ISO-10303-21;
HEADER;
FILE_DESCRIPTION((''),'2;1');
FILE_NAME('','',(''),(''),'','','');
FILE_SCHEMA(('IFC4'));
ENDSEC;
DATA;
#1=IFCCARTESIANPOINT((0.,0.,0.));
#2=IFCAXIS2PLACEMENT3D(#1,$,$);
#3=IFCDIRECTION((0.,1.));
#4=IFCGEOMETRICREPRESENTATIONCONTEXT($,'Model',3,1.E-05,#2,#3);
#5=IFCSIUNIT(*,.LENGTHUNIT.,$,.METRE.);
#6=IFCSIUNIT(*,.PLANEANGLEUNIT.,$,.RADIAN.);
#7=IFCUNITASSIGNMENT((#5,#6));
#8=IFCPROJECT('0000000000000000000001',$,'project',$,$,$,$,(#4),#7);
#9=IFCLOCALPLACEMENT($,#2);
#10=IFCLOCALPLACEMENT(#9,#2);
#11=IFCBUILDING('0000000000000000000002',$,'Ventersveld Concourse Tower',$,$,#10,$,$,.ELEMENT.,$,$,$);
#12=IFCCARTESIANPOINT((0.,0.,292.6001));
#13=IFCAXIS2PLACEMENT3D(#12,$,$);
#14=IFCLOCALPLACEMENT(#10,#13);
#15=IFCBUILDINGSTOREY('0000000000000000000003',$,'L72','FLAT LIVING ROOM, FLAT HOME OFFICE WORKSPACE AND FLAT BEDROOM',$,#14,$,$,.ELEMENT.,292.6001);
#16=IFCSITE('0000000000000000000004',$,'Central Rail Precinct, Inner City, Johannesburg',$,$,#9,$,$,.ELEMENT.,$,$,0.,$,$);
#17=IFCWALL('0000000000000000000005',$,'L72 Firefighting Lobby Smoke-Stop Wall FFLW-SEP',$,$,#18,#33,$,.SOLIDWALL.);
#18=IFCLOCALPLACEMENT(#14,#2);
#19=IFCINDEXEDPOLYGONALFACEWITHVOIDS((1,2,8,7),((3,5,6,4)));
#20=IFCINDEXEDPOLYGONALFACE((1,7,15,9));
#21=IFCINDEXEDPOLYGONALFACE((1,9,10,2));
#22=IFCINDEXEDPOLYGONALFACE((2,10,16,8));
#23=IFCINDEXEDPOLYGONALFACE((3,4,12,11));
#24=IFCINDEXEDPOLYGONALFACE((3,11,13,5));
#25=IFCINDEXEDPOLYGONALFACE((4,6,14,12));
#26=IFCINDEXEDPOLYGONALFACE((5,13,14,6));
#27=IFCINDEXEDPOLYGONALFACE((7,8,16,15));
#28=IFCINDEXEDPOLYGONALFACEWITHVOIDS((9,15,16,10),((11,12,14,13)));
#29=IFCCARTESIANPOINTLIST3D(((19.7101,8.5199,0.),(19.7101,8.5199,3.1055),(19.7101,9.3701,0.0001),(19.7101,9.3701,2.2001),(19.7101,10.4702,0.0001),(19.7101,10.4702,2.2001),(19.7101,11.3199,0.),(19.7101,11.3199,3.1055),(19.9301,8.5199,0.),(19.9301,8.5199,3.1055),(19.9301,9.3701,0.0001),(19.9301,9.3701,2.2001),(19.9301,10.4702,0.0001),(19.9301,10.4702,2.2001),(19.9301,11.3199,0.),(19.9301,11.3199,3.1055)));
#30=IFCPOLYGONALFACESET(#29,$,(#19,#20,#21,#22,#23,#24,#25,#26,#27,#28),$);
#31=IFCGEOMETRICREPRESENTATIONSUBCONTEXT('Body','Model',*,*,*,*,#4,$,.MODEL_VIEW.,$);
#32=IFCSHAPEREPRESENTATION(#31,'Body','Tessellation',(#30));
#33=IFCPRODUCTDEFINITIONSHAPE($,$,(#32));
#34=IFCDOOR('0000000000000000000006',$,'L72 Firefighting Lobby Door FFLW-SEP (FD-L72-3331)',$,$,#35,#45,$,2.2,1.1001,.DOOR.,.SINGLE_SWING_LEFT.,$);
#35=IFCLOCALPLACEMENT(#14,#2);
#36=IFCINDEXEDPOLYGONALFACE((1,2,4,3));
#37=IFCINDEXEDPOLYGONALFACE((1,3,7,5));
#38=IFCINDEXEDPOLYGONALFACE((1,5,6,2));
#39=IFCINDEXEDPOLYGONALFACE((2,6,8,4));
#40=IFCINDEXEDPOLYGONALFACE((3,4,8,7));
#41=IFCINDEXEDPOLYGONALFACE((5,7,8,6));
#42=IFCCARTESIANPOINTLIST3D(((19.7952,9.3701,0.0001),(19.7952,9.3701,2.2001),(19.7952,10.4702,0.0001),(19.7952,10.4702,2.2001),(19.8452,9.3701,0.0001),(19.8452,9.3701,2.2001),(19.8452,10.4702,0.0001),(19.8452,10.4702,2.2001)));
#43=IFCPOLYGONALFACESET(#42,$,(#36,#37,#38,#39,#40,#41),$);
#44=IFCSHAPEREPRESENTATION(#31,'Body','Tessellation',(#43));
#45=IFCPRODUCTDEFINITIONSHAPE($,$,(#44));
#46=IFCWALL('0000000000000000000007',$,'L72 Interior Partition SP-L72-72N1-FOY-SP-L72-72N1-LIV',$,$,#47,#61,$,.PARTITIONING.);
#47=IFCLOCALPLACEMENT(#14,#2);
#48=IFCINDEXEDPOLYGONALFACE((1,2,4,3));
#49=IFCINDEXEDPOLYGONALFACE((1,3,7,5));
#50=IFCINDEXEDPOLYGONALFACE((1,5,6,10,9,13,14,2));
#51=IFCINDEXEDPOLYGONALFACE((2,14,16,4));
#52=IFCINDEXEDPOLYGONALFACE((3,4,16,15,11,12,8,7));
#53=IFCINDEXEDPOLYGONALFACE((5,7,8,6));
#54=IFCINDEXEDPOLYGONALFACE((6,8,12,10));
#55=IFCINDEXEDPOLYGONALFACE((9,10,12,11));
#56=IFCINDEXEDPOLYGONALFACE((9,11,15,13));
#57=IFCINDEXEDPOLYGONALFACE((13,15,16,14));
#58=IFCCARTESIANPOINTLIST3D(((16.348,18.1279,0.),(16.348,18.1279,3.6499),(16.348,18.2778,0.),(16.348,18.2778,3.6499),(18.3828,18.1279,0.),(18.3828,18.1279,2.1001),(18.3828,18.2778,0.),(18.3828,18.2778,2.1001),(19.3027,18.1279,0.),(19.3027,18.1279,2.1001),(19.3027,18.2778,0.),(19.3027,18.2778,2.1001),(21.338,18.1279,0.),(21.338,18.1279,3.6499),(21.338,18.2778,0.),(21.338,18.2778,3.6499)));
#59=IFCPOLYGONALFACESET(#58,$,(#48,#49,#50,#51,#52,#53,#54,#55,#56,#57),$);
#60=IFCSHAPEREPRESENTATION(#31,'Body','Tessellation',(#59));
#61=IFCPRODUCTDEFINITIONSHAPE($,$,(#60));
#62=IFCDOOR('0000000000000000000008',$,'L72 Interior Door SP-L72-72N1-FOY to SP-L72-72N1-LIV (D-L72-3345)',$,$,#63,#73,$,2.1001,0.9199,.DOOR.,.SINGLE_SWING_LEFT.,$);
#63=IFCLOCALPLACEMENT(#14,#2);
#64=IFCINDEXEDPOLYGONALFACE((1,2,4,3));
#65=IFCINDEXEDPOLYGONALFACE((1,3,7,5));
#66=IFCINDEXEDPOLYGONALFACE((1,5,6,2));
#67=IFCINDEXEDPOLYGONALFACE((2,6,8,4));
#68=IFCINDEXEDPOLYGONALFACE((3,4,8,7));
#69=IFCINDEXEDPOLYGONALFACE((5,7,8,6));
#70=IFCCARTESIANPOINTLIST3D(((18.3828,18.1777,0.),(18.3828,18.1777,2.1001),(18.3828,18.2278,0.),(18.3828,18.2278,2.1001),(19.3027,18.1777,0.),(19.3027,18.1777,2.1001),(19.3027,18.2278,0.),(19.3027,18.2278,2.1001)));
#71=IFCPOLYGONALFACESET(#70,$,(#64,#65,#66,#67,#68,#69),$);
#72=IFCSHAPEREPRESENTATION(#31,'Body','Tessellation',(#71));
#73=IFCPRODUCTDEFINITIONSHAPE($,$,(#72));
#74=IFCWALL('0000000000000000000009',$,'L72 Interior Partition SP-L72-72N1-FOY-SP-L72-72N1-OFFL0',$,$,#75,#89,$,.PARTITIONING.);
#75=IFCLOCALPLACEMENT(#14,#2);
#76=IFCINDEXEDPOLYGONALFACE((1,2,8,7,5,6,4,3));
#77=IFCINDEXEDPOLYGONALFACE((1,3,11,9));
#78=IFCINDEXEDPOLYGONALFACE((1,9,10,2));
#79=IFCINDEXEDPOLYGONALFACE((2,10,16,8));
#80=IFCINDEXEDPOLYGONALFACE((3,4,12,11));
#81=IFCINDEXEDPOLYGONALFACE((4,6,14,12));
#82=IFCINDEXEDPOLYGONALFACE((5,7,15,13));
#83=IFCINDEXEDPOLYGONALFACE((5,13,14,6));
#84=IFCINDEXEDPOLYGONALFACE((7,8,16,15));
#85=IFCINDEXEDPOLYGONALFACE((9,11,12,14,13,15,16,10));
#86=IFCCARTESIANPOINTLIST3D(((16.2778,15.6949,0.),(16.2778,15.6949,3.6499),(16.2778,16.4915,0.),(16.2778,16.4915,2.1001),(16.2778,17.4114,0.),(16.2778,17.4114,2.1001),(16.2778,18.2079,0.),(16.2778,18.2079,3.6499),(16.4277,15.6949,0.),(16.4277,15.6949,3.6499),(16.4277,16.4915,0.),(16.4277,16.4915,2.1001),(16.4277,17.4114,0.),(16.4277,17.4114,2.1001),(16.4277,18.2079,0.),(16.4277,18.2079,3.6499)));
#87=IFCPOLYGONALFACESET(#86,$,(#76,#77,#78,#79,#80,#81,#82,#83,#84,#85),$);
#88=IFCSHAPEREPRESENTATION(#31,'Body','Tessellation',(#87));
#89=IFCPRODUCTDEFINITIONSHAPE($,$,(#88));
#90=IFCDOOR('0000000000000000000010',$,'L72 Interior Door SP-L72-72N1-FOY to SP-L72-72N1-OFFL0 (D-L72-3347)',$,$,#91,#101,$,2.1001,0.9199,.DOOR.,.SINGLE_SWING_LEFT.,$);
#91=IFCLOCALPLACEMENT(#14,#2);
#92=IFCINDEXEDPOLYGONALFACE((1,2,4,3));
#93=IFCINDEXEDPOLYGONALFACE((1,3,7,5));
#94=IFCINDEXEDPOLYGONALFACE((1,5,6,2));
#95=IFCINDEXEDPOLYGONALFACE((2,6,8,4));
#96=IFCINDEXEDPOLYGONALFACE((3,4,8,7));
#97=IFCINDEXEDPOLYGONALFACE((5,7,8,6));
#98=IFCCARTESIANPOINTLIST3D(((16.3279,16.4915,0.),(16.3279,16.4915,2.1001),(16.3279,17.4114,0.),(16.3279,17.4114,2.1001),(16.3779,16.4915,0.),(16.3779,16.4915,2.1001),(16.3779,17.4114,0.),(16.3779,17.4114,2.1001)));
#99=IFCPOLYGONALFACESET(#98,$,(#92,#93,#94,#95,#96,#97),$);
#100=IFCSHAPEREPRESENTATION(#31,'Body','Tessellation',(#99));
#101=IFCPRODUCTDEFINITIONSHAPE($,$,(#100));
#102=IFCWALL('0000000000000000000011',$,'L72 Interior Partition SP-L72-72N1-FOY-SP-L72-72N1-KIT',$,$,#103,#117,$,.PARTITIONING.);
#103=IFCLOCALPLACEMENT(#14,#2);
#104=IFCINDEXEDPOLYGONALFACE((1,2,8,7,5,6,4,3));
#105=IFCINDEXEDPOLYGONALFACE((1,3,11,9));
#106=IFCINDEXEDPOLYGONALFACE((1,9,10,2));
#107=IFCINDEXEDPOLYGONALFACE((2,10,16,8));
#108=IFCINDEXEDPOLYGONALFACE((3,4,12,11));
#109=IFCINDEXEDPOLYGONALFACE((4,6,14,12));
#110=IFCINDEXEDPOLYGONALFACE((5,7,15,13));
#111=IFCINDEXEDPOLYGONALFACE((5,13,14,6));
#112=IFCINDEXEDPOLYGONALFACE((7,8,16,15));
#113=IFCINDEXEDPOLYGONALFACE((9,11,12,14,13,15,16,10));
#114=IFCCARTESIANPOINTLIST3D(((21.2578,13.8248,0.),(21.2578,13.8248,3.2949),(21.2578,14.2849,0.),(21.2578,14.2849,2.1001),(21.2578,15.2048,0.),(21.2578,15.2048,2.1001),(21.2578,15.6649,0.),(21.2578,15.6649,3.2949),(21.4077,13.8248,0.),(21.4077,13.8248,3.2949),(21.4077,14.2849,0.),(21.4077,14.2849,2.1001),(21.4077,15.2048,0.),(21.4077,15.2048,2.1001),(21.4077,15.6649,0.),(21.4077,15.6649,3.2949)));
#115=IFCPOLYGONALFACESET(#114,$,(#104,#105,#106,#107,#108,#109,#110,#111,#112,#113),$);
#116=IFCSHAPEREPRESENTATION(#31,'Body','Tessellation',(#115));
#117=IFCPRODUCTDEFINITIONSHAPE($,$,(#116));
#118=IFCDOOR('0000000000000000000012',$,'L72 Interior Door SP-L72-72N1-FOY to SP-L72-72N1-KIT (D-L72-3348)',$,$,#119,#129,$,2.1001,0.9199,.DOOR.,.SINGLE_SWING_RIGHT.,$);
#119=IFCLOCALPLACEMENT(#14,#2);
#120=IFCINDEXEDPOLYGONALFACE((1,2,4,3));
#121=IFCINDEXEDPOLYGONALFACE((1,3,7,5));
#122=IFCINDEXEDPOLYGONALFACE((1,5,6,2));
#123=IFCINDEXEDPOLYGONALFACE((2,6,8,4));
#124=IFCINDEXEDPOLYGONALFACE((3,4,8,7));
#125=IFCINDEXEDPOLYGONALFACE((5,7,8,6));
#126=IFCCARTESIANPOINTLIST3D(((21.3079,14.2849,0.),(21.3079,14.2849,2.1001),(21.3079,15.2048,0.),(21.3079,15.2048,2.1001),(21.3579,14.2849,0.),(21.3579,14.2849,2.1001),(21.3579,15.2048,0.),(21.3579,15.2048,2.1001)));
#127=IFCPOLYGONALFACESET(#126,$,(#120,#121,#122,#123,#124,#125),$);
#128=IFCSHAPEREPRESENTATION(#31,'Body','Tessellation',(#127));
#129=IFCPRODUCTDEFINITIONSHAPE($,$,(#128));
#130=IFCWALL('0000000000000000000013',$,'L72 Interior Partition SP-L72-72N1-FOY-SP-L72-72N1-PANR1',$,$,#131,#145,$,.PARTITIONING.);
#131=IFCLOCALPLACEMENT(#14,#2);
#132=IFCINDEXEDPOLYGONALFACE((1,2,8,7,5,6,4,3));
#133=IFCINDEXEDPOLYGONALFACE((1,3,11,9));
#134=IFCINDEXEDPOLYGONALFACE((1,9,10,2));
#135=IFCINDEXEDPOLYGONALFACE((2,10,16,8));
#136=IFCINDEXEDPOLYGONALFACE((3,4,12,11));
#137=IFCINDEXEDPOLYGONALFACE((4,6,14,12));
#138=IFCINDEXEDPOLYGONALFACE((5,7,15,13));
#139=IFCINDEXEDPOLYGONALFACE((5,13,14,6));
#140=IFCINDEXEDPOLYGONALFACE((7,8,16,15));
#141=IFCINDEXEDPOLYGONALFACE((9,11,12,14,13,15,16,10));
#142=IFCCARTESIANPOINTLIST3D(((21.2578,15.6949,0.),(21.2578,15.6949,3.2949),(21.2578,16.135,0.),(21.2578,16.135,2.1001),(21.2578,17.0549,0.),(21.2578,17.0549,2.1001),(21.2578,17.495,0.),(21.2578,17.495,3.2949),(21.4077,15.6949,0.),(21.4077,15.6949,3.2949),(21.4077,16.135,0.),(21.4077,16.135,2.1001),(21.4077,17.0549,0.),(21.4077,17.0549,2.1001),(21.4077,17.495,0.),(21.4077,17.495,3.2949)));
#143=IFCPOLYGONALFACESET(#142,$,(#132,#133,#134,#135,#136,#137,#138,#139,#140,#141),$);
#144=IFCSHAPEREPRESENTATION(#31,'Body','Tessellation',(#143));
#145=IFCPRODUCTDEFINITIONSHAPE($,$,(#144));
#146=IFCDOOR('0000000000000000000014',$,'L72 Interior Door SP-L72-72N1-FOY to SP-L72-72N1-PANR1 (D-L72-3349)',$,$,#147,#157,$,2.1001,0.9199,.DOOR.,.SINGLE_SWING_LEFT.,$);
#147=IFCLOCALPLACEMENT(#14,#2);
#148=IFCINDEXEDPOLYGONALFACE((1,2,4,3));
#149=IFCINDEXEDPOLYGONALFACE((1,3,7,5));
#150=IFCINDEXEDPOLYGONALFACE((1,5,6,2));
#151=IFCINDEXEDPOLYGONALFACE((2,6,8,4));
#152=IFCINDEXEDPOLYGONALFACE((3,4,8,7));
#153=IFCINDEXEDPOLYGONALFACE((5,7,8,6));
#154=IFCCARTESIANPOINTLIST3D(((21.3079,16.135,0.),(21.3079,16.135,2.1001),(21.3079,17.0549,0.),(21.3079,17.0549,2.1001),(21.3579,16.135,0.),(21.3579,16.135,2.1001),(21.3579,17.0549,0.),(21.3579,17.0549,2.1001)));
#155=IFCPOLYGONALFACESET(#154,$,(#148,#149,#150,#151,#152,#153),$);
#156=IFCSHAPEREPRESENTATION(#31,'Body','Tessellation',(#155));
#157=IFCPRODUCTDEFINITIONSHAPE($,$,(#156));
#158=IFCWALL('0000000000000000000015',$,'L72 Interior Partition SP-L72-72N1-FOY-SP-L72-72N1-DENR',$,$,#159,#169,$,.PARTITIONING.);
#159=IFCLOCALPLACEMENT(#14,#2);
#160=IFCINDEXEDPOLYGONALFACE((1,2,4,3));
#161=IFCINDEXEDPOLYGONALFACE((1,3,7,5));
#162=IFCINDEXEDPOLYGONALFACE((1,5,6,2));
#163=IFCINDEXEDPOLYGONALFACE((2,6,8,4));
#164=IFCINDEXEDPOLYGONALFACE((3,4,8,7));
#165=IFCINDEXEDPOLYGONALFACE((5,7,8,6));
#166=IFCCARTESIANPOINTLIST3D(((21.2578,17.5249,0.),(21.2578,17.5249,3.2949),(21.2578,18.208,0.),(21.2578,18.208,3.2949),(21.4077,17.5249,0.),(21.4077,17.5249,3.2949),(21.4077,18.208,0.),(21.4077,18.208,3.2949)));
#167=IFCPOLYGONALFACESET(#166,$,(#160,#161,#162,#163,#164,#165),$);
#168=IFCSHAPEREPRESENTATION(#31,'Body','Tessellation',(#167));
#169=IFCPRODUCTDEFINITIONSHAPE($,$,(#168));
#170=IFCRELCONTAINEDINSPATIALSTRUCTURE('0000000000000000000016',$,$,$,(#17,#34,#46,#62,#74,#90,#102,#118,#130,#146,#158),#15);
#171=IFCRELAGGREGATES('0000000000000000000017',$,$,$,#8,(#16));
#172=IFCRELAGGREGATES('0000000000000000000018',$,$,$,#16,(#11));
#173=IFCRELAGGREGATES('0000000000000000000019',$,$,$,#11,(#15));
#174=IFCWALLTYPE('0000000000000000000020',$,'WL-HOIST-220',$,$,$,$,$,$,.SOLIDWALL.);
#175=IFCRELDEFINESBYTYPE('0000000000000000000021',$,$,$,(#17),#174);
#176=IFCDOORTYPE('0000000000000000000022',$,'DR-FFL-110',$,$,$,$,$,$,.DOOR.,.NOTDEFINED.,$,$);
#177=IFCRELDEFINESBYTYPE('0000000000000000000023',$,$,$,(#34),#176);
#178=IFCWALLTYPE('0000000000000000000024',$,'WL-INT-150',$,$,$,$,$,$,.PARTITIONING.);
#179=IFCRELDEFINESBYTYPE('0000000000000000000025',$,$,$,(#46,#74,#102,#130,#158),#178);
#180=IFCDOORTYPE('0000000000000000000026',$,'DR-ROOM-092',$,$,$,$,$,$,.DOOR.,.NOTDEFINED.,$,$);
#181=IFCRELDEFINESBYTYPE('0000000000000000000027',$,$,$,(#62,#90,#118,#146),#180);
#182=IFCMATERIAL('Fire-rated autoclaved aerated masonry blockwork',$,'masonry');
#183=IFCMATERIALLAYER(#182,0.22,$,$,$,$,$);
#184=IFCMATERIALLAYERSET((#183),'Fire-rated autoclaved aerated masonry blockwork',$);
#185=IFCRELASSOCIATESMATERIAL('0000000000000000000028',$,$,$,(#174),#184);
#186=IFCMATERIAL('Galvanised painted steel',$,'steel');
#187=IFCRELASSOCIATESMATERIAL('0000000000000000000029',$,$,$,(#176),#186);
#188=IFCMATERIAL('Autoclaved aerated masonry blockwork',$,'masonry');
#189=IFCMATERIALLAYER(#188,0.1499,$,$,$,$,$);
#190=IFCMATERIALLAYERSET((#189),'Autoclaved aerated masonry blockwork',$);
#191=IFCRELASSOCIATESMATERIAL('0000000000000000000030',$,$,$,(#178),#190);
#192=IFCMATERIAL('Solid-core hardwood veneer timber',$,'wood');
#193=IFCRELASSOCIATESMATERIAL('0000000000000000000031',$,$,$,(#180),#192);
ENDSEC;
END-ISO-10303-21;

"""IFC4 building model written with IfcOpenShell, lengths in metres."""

from ifc_helpers import new_model, si_unit, direction, frame, frame_2d, origin, place, context, subcontext, project, spatial, rectangle, extrude, material, layer, layer_set, type_object, element, fill, save


model = new_model("IFC4")

# Units and contexts
model_context = context("Model", 3, precision=1e-05, world=origin(), true_north=direction((0.0, 1.0)))
body_context = subcontext(model_context, "Body", "Model", "MODEL_VIEW")
ifc_project = project(units=[si_unit("LENGTHUNIT", "METRE"), si_unit("PLANEANGLEUNIT", "RADIAN")], contexts=[model_context])

# Site, building, storey
site_placement = place(None, origin())
site = spatial("IfcSite", under=ifc_project, at=site_placement, Name="Central Rail Precinct, Inner City, Johannesburg", CompositionType="ELEMENT", RefElevation=0.0)
building_placement = place(site_placement, origin())
building = spatial("IfcBuilding", under=site, at=building_placement, Name="Ventersveld Concourse Tower", CompositionType="ELEMENT")
storey_placement = place(building_placement, frame((0.0, 0.0, 292.6001)))
storey = spatial("IfcBuildingStorey", under=building, at=storey_placement, Name="L72", Description="FLAT LIVING ROOM, FLAT HOME OFFICE WORKSPACE AND FLAT BEDROOM", CompositionType="ELEMENT", Elevation=292.6001)

# Shared definitions
ifc_material_1 = material(Name="Fire-rated autoclaved aerated masonry blockwork", Category="masonry")

# Walls, openings, doors
ifc_layer_1 = layer(ifc_material_1, 0.22)
ifc_layer_set_1 = layer_set([ifc_layer_1], Name="Fire-rated autoclaved aerated masonry blockwork")
wall_type_1 = type_object("IfcWallType", Name="WL-HOIST-220", PredefinedType="SOLIDWALL", material=ifc_layer_set_1)
wall_1_placement = place(storey_placement, frame((19.8201, 8.52, 0.0), z_axis=(0.0, 0.0, 1.0), x_axis=(0.0, 1.0, 0.0)))
wall_1 = element("IfcWall", 1, at=wall_1_placement, inside=storey, type_object=wall_type_1, Name="L72 Firefighting Lobby Smoke-Stop Wall FFLW-SEP", PredefinedType="SOLIDWALL", context=body_context, shape_type="SweptSolid", body=[
    extrude(rectangle(XDim=2.8, YDim=0.22, at=frame_2d((1.3999, 0.0))), origin(), (0.0, 0.0, 1.0), 3.1055),
])
opening_1_placement = place(wall_1_placement, frame((0.8501, 0.0, 0.0)))
opening_1 = element("IfcOpeningElement", 2, at=opening_1_placement, cuts=wall_1, PredefinedType="OPENING", context=body_context, shape_type="SweptSolid", body=[
    extrude(rectangle(XDim=1.1001, YDim=2.2, at=frame_2d((0.55, 1.1001))), frame((0.0, 0.1201, 0.0), z_axis=(0.0, -1.0, 0.0), x_axis=(1.0, 0.0, 0.0)), (0.0, 0.0, 1.0), 0.24),
])
ifc_material_2 = material(Name="Galvanised painted steel", Category="steel")
door_type_1 = type_object("IfcDoorType", Name="DR-FFL-110", OperationType="NOTDEFINED", PredefinedType="DOOR", material=ifc_material_2)
door_1_placement = place(opening_1_placement, origin())
door_1 = element("IfcDoor", 3, at=door_1_placement, inside=storey, type_object=door_type_1, Name="L72 Firefighting Lobby Door FFLW-SEP (FD-L72-3331)", OperationType="SINGLE_SWING_LEFT", OverallHeight=2.2, OverallWidth=1.1001, PredefinedType="DOOR", context=body_context, shape_type="SweptSolid", body=[
    extrude(rectangle(XDim=1.1001, YDim=2.2, at=frame_2d((0.55, 1.1001))), frame((0.0, 0.0249, 0.0), z_axis=(0.0, -1.0, 0.0), x_axis=(1.0, 0.0, 0.0)), (0.0, 0.0, 1.0), 0.05),
])
fill(opening_1, door_1)
ifc_material_3 = material(Name="Autoclaved aerated masonry blockwork", Category="masonry")
ifc_layer_2 = layer(ifc_material_3, 0.1499)
ifc_layer_set_2 = layer_set([ifc_layer_2], Name="Autoclaved aerated masonry blockwork")
wall_type_2 = type_object("IfcWallType", Name="WL-INT-150", PredefinedType="PARTITIONING", material=ifc_layer_set_2)
wall_2_placement = place(storey_placement, frame((16.3479, 18.2029, 0.0), z_axis=(0.0, 0.0, 1.0), x_axis=(1.0, 0.0, 0.0)))
wall_2 = element("IfcWall", 4, at=wall_2_placement, inside=storey, type_object=wall_type_2, Name="L72 Interior Partition SP-L72-72N1-FOY-SP-L72-72N1-LIV", PredefinedType="PARTITIONING", context=body_context, shape_type="SweptSolid", body=[
    extrude(rectangle(XDim=4.99, YDim=0.1499, at=frame_2d((2.4951, 0.0))), origin(), (0.0, 0.0, 1.0), 3.6499),
])
opening_2_placement = place(wall_2_placement, frame((2.0349, 0.0, 0.0)))
opening_2 = element("IfcOpeningElement", 5, at=opening_2_placement, cuts=wall_2, PredefinedType="OPENING", context=body_context, shape_type="SweptSolid", body=[
    extrude(rectangle(XDim=0.9199, YDim=2.1001, at=frame_2d((0.46, 1.05))), frame((0.0, 0.085, 0.0), z_axis=(0.0, -1.0, 0.0), x_axis=(1.0, 0.0, 0.0)), (0.0, 0.0, 1.0), 0.1699),
])
ifc_material_4 = material(Name="Solid-core hardwood veneer timber", Category="wood")
door_type_2 = type_object("IfcDoorType", Name="DR-ROOM-092", OperationType="NOTDEFINED", PredefinedType="DOOR", material=ifc_material_4)
door_2_placement = place(opening_2_placement, origin())
door_2 = element("IfcDoor", 6, at=door_2_placement, inside=storey, type_object=door_type_2, Name="L72 Interior Door SP-L72-72N1-FOY to SP-L72-72N1-LIV (D-L72-3345)", OperationType="SINGLE_SWING_LEFT", OverallHeight=2.1001, OverallWidth=0.9199, PredefinedType="DOOR", context=body_context, shape_type="SweptSolid", body=[
    extrude(rectangle(XDim=0.9199, YDim=2.1001, at=frame_2d((0.46, 1.05))), frame((0.0, 0.0249, 0.0), z_axis=(0.0, -1.0, 0.0), x_axis=(1.0, 0.0, 0.0)), (0.0, 0.0, 1.0), 0.05),
])
fill(opening_2, door_2)
wall_3_placement = place(storey_placement, frame((16.3528, 15.6951, 0.0), z_axis=(0.0, 0.0, 1.0), x_axis=(0.0, 1.0, 0.0)))
wall_3 = element("IfcWall", 7, at=wall_3_placement, inside=storey, type_object=wall_type_2, Name="L72 Interior Partition SP-L72-72N1-FOY-SP-L72-72N1-OFFL0", PredefinedType="PARTITIONING", context=body_context, shape_type="SweptSolid", body=[
    extrude(rectangle(XDim=2.5129, YDim=0.1499, at=frame_2d((1.2563, 0.0))), origin(), (0.0, 0.0, 1.0), 3.6499),
])
opening_3_placement = place(wall_3_placement, frame((0.7964, 0.0, 0.0)))
opening_3 = element("IfcOpeningElement", 8, at=opening_3_placement, cuts=wall_3, PredefinedType="OPENING", context=body_context, shape_type="SweptSolid", body=[
    extrude(rectangle(XDim=0.9199, YDim=2.1001, at=frame_2d((0.46, 1.05))), frame((0.0, 0.085, 0.0), z_axis=(0.0, -1.0, 0.0), x_axis=(1.0, 0.0, 0.0)), (0.0, 0.0, 1.0), 0.1699),
])
door_3_placement = place(opening_3_placement, origin())
door_3 = element("IfcDoor", 9, at=door_3_placement, inside=storey, type_object=door_type_2, Name="L72 Interior Door SP-L72-72N1-FOY to SP-L72-72N1-OFFL0 (D-L72-3347)", OperationType="SINGLE_SWING_LEFT", OverallHeight=2.1001, OverallWidth=0.9199, PredefinedType="DOOR", context=body_context, shape_type="SweptSolid", body=[
    extrude(rectangle(XDim=0.9199, YDim=2.1001, at=frame_2d((0.46, 1.05))), frame((0.0, 0.0249, 0.0), z_axis=(0.0, -1.0, 0.0), x_axis=(1.0, 0.0, 0.0)), (0.0, 0.0, 1.0), 0.05),
])
fill(opening_3, door_3)
wall_4_placement = place(storey_placement, frame((21.3328, 13.825, 0.0), z_axis=(0.0, 0.0, 1.0), x_axis=(0.0, 1.0, 0.0)))
wall_4 = element("IfcWall", 10, at=wall_4_placement, inside=storey, type_object=wall_type_2, Name="L72 Interior Partition SP-L72-72N1-FOY-SP-L72-72N1-KIT", PredefinedType="PARTITIONING", context=body_context, shape_type="SweptSolid", body=[
    extrude(rectangle(XDim=1.8401, YDim=0.1499, at=frame_2d((0.9199, 0.0))), origin(), (0.0, 0.0, 1.0), 3.2949),
])
opening_4_placement = place(wall_4_placement, frame((0.46, 0.0, 0.0)))
opening_4 = element("IfcOpeningElement", 11, at=opening_4_placement, cuts=wall_4, PredefinedType="OPENING", context=body_context, shape_type="SweptSolid", body=[
    extrude(rectangle(XDim=0.9199, YDim=2.1001, at=frame_2d((0.46, 1.05))), frame((0.0, 0.085, 0.0), z_axis=(0.0, -1.0, 0.0), x_axis=(1.0, 0.0, 0.0)), (0.0, 0.0, 1.0), 0.1699),
])
door_4_placement = place(opening_4_placement, origin())
door_4 = element("IfcDoor", 12, at=door_4_placement, inside=storey, type_object=door_type_2, Name="L72 Interior Door SP-L72-72N1-FOY to SP-L72-72N1-KIT (D-L72-3348)", OperationType="SINGLE_SWING_RIGHT", OverallHeight=2.1001, OverallWidth=0.9199, PredefinedType="DOOR", context=body_context, shape_type="SweptSolid", body=[
    extrude(rectangle(XDim=0.9199, YDim=2.1001, at=frame_2d((0.46, 1.05))), frame((0.0, 0.0249, 0.0), z_axis=(0.0, -1.0, 0.0), x_axis=(1.0, 0.0, 0.0)), (0.0, 0.0, 1.0), 0.05),
])
fill(opening_4, door_4)
wall_5_placement = place(storey_placement, frame((21.3328, 15.6951, 0.0), z_axis=(0.0, 0.0, 1.0), x_axis=(0.0, 1.0, 0.0)))
wall_5 = element("IfcWall", 13, at=wall_5_placement, inside=storey, type_object=wall_type_2, Name="L72 Interior Partition SP-L72-72N1-FOY-SP-L72-72N1-PANR1", PredefinedType="PARTITIONING", context=body_context, shape_type="SweptSolid", body=[
    extrude(rectangle(XDim=1.8, YDim=0.1499, at=frame_2d((0.8999, 0.0))), origin(), (0.0, 0.0, 1.0), 3.2949),
])
opening_5_placement = place(wall_5_placement, frame((0.4399, 0.0, 0.0)))
opening_5 = element("IfcOpeningElement", 14, at=opening_5_placement, cuts=wall_5, PredefinedType="OPENING", context=body_context, shape_type="SweptSolid", body=[
    extrude(rectangle(XDim=0.9199, YDim=2.1001, at=frame_2d((0.46, 1.05))), frame((0.0, 0.085, 0.0), z_axis=(0.0, -1.0, 0.0), x_axis=(1.0, 0.0, 0.0)), (0.0, 0.0, 1.0), 0.1699),
])
door_5_placement = place(opening_5_placement, origin())
door_5 = element("IfcDoor", 15, at=door_5_placement, inside=storey, type_object=door_type_2, Name="L72 Interior Door SP-L72-72N1-FOY to SP-L72-72N1-PANR1 (D-L72-3349)", OperationType="SINGLE_SWING_LEFT", OverallHeight=2.1001, OverallWidth=0.9199, PredefinedType="DOOR", context=body_context, shape_type="SweptSolid", body=[
    extrude(rectangle(XDim=0.9199, YDim=2.1001, at=frame_2d((0.46, 1.05))), frame((0.0, 0.0249, 0.0), z_axis=(0.0, -1.0, 0.0), x_axis=(1.0, 0.0, 0.0)), (0.0, 0.0, 1.0), 0.05),
])
fill(opening_5, door_5)

# Wall
wall_6_placement = place(storey_placement, frame((21.3328, 17.5249, 0.0), z_axis=(0.0, 0.0, 1.0), x_axis=(0.0, 1.0, 0.0)))
element("IfcWall", 16, at=wall_6_placement, inside=storey, type_object=wall_type_2, Name="L72 Interior Partition SP-L72-72N1-FOY-SP-L72-72N1-DENR", PredefinedType="PARTITIONING", context=body_context, shape_type="SweptSolid", body=[
    extrude(rectangle(XDim=0.6831, YDim=0.1499, at=frame_2d((0.3416, 0.0))), origin(), (0.0, 0.0, 1.0), 3.2949),
])

save(model, "model.ifc")
